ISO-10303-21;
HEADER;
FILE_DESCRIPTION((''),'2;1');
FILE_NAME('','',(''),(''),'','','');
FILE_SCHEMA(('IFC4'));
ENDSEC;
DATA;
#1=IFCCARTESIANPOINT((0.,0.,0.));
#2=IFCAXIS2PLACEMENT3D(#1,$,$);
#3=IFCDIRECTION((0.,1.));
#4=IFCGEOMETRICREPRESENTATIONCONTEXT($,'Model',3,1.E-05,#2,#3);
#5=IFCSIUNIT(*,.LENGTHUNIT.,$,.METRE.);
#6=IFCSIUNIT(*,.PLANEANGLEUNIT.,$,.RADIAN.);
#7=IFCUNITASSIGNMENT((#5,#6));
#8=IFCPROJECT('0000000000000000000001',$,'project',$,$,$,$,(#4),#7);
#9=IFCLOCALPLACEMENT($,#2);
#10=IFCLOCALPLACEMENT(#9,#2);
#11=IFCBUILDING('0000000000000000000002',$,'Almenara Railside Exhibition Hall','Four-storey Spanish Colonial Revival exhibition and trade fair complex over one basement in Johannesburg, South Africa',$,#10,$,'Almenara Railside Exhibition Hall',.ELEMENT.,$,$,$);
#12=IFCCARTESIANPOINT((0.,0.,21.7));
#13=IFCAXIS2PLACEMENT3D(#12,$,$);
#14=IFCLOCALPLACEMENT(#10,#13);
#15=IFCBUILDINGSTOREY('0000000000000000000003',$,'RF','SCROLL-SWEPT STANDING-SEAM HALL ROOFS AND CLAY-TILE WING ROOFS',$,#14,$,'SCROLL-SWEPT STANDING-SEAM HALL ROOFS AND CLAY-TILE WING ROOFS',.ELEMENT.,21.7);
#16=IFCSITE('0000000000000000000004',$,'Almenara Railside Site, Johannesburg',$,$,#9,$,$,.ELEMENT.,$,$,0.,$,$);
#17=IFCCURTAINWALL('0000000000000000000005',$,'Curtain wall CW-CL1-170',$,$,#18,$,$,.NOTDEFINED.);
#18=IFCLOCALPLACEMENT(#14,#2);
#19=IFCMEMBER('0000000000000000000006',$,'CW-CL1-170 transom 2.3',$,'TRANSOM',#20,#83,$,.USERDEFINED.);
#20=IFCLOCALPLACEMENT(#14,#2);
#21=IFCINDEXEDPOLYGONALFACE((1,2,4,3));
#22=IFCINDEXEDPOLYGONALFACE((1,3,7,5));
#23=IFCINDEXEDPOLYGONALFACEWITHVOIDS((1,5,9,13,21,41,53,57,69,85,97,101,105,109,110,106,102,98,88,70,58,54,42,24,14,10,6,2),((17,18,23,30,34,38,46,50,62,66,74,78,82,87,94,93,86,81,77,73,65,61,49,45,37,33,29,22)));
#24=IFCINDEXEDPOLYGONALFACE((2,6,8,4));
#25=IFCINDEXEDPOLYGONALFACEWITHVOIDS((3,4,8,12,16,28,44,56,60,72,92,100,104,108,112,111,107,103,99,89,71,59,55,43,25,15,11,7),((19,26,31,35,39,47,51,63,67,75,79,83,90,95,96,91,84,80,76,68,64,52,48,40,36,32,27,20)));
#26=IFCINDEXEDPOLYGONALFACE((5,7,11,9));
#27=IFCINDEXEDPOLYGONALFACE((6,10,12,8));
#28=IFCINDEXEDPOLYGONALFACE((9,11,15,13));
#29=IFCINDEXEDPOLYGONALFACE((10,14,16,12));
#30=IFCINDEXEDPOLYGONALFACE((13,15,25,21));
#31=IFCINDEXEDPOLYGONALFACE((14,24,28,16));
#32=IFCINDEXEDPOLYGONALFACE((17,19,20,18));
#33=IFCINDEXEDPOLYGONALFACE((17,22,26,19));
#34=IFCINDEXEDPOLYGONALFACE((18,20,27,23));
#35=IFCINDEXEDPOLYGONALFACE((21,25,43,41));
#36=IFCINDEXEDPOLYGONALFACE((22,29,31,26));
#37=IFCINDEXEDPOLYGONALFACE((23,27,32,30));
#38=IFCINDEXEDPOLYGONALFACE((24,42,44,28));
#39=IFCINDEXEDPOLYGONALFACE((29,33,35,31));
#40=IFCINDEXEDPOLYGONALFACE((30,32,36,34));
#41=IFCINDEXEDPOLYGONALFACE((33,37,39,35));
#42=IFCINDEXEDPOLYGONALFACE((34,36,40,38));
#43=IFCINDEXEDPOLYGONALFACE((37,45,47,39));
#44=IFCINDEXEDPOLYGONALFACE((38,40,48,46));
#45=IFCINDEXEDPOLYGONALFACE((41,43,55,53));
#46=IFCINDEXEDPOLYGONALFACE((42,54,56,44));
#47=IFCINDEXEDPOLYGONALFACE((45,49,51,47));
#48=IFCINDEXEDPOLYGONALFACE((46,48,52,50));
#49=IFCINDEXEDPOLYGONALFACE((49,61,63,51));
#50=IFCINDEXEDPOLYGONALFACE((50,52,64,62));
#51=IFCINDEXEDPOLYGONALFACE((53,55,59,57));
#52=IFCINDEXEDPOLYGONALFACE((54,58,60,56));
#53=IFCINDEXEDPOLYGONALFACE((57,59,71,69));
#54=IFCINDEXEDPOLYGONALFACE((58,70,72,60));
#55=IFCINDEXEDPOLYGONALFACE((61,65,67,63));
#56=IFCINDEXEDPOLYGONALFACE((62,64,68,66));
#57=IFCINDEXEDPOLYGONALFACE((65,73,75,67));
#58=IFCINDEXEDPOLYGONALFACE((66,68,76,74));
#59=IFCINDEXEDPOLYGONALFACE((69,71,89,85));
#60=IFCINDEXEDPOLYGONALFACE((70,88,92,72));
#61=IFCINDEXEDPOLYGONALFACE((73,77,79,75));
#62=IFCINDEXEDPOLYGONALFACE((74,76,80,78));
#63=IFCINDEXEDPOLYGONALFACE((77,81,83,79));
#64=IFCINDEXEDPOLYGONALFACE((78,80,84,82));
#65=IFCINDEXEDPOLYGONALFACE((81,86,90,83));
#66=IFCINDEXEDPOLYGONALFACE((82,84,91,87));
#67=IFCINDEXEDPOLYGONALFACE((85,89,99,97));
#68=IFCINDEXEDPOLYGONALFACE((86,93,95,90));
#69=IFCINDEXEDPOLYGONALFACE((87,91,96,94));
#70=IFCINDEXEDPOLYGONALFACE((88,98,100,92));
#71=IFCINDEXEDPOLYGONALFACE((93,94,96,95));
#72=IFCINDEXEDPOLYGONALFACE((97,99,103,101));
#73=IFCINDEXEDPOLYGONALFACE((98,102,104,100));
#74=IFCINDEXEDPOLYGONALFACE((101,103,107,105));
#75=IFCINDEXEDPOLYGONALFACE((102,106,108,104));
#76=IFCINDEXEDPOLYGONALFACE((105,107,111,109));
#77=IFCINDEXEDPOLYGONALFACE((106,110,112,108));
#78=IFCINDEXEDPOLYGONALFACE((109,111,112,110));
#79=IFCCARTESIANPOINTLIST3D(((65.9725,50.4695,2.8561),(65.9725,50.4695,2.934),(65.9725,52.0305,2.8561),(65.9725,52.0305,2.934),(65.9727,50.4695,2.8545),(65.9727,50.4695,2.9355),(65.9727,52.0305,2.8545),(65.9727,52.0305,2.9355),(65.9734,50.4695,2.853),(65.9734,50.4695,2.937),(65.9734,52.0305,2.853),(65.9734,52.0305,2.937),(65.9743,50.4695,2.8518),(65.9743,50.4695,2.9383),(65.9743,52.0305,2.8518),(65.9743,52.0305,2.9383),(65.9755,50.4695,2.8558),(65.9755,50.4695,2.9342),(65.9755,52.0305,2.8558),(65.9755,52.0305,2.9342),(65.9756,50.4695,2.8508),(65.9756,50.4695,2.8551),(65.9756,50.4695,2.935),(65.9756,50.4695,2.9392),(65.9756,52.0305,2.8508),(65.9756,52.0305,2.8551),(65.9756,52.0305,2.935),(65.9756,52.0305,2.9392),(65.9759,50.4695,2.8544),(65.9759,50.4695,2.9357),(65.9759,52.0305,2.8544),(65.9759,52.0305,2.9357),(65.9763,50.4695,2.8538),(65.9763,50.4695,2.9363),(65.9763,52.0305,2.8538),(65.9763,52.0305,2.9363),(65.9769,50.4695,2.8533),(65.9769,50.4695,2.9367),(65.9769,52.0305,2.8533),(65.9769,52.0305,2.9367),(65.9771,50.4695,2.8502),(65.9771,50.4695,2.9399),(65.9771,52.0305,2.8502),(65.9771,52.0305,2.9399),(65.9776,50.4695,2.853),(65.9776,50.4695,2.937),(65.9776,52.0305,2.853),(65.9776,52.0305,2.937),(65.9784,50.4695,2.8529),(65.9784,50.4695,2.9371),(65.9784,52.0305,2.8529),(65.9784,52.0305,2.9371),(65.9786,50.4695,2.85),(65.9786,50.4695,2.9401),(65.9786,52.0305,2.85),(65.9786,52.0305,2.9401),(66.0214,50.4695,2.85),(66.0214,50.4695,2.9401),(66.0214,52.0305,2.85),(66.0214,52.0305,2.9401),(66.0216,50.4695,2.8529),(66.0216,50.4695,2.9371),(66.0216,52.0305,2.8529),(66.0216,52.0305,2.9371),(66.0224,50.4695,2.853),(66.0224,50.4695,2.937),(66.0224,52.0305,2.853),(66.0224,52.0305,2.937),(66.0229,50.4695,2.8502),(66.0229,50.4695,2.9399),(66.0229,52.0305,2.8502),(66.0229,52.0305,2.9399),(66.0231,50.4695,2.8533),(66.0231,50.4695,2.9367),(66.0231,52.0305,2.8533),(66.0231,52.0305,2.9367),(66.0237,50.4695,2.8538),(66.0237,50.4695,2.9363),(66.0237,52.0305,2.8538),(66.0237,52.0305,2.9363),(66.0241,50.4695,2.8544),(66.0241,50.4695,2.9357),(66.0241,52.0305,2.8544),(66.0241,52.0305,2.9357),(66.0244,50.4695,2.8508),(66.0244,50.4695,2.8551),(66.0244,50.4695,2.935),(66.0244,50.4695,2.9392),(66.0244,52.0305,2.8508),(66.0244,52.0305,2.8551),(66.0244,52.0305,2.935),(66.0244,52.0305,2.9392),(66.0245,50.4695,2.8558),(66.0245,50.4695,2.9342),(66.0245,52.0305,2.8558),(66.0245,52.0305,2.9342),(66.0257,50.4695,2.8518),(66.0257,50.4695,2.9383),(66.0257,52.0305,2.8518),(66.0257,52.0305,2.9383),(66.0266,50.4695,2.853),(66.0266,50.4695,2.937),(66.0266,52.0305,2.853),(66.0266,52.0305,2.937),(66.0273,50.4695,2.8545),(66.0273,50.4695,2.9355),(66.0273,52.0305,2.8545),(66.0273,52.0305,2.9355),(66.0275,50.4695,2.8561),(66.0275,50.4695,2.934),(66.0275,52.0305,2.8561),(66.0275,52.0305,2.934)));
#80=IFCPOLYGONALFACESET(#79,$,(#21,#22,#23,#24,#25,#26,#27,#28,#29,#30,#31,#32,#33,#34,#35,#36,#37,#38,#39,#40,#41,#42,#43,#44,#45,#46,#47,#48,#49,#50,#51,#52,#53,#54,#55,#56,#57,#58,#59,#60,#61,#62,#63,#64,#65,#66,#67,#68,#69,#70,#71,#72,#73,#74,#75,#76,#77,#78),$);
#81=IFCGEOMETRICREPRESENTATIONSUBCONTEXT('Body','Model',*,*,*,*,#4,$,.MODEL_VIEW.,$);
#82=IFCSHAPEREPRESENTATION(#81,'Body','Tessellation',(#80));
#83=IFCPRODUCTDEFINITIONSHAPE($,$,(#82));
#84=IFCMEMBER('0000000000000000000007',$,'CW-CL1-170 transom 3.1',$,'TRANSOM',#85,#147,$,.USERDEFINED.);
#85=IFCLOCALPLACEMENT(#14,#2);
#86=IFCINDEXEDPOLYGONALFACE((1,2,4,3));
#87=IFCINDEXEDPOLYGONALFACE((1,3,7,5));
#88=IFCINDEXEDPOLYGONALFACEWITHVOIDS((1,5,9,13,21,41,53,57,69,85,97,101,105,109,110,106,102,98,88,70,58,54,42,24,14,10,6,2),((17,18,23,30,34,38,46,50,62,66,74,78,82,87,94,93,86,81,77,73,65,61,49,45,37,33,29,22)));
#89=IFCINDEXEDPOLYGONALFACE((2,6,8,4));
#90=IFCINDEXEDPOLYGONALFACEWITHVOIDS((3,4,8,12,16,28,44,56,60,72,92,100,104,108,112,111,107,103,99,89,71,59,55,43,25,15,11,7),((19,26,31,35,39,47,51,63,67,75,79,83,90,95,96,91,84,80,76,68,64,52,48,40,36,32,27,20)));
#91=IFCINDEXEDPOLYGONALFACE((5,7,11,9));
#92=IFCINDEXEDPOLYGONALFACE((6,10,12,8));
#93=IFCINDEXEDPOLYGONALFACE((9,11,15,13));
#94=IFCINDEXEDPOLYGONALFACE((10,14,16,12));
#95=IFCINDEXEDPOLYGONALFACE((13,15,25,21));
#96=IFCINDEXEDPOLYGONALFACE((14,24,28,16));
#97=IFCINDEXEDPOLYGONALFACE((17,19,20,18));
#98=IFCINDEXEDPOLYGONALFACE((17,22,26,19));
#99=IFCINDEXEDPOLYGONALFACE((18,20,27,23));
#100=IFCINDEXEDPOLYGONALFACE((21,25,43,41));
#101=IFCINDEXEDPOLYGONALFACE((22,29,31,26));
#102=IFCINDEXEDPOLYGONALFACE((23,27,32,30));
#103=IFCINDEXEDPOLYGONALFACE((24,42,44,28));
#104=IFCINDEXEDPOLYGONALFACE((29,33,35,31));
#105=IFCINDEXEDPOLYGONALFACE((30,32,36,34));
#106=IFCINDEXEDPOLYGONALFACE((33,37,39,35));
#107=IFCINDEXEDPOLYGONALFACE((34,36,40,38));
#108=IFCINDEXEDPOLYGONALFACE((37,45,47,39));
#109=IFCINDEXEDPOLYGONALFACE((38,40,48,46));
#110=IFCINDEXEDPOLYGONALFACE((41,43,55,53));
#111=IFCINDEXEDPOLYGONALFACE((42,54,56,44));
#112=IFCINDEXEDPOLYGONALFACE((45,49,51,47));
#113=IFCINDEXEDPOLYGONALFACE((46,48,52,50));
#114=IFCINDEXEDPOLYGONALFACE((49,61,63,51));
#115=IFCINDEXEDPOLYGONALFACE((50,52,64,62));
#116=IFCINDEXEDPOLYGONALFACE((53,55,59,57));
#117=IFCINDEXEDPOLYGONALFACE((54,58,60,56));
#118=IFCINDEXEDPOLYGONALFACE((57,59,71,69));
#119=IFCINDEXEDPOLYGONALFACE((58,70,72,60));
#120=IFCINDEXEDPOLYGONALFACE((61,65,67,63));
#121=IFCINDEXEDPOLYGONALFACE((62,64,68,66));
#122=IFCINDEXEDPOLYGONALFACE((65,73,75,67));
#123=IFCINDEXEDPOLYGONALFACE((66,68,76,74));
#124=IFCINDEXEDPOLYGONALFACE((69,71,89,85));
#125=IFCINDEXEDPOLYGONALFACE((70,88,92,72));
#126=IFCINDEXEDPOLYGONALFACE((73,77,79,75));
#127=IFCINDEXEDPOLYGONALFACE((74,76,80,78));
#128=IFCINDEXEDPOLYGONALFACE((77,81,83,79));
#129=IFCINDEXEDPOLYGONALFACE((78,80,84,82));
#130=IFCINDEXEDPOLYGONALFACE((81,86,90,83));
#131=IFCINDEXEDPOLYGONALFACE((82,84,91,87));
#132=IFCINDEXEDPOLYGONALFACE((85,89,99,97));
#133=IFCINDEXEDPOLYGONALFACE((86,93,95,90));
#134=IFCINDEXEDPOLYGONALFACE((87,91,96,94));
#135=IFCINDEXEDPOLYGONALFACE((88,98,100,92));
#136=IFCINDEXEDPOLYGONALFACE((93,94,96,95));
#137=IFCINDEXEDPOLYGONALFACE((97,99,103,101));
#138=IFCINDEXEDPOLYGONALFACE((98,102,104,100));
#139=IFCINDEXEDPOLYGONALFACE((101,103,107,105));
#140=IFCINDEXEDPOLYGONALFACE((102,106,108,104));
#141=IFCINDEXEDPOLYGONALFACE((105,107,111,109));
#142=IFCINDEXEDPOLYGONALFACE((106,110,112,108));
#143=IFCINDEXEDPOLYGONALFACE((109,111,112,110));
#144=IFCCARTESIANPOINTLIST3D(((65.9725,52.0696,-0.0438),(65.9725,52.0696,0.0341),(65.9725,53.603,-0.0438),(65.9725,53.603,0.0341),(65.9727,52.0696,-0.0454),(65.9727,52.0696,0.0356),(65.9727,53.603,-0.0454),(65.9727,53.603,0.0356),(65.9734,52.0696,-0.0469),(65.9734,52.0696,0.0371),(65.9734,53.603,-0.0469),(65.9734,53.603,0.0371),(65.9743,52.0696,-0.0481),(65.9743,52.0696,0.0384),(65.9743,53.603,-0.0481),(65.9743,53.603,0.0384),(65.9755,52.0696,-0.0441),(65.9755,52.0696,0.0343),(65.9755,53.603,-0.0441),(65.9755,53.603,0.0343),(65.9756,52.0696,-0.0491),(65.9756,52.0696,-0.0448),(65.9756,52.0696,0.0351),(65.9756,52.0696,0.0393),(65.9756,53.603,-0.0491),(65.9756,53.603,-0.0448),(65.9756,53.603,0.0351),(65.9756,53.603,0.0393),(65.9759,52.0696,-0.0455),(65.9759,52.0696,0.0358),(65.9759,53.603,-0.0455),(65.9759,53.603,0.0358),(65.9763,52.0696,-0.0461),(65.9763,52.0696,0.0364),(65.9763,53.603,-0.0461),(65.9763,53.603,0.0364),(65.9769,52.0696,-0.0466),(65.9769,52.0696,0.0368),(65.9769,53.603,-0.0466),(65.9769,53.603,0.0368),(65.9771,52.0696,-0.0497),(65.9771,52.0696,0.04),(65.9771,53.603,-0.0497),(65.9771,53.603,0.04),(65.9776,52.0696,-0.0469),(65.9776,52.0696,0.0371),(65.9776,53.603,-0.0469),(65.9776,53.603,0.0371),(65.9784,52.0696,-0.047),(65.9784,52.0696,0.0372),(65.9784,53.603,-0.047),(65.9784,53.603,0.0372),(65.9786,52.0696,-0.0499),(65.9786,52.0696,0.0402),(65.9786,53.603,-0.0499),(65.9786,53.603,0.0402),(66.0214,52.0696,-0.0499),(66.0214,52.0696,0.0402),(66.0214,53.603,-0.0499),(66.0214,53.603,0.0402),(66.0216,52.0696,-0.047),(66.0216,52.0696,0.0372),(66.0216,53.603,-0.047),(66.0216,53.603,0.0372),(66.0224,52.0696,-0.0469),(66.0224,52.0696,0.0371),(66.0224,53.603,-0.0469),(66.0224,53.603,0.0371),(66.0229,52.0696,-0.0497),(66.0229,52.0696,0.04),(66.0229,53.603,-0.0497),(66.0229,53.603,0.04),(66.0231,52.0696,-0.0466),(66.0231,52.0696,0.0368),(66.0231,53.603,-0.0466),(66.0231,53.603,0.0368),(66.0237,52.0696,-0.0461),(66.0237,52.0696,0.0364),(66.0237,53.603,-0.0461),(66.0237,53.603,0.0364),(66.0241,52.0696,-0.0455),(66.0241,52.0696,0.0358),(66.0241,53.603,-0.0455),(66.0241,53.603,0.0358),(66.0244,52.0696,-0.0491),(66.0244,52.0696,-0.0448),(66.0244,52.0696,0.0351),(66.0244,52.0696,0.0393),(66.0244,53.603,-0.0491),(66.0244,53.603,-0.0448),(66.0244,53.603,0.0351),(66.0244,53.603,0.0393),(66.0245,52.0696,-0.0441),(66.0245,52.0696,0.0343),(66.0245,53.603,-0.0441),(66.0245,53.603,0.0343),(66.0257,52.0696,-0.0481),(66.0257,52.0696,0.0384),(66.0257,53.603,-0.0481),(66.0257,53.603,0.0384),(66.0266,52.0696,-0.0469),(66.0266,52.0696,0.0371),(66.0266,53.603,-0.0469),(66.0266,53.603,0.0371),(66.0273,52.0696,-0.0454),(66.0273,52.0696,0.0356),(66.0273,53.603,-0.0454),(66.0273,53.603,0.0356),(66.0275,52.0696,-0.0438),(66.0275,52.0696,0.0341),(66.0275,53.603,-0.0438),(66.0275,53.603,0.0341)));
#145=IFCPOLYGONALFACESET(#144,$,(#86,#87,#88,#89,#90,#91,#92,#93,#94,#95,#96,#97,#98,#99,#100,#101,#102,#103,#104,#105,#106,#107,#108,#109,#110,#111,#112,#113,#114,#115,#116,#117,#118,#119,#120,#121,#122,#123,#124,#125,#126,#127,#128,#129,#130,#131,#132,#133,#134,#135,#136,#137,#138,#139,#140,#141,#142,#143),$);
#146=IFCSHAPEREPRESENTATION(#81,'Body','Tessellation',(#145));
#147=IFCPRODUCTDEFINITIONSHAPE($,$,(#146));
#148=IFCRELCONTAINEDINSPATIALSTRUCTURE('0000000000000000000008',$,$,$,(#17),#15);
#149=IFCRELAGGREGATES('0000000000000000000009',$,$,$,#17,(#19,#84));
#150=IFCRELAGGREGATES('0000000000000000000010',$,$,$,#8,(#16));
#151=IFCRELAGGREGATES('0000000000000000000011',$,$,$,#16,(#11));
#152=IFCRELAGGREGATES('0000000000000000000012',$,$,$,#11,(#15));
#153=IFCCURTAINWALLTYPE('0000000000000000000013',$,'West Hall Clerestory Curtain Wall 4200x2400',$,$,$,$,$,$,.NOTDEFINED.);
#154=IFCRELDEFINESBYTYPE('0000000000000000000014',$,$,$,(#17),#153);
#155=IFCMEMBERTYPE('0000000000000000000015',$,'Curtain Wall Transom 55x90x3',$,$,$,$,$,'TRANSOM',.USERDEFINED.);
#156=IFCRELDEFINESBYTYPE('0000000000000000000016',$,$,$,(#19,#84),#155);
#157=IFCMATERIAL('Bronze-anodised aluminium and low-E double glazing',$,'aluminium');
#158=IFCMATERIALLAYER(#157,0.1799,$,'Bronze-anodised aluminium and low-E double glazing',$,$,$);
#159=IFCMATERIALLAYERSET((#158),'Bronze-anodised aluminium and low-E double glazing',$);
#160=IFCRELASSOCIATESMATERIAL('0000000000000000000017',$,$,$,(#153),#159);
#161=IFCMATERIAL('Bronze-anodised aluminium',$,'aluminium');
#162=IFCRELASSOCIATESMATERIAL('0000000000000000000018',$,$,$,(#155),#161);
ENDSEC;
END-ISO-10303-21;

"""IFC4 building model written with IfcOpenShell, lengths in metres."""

from ifc_helpers import new_model, si_unit, direction, frame, origin, origin_2d, place, context, subcontext, project, spatial, hollow_rectangle, extrude, material, layer, layer_set, material_profile, profile_set, type_object, element, aggregate, save


model = new_model("IFC4")

# Units and contexts
model_context = context("Model", 3, precision=1e-05, world=origin(), true_north=direction((0.0, 1.0)))
body_context = subcontext(model_context, "Body", "Model", "MODEL_VIEW")
ifc_project = project(units=[si_unit("LENGTHUNIT", "METRE"), si_unit("PLANEANGLEUNIT", "RADIAN")], contexts=[model_context])

# Site, building, storey
site_placement = place(None, origin())
site = spatial("IfcSite", under=ifc_project, at=site_placement, Name="Almenara Railside Site, Johannesburg", CompositionType="ELEMENT", RefElevation=0.0)
building_placement = place(site_placement, origin())
building = spatial("IfcBuilding", under=site, at=building_placement, Name="Almenara Railside Exhibition Hall", Description="Four-storey Spanish Colonial Revival exhibition and trade fair complex over one basement in Johannesburg, South Africa", LongName="Almenara Railside Exhibition Hall", CompositionType="ELEMENT")
storey_placement = place(building_placement, frame((0.0, 0.0, 21.7)))
storey = spatial("IfcBuildingStorey", under=building, at=storey_placement, Name="RF", Description="SCROLL-SWEPT STANDING-SEAM HALL ROOFS AND CLAY-TILE WING ROOFS", LongName="SCROLL-SWEPT STANDING-SEAM HALL ROOFS AND CLAY-TILE WING ROOFS", CompositionType="ELEMENT", Elevation=21.7)

# Curtain wall
ifc_material_1 = material(Name="Bronze-anodised aluminium and low-E double glazing", Category="aluminium")
ifc_layer_1 = layer(ifc_material_1, 0.1799, Name="Bronze-anodised aluminium and low-E double glazing")
ifc_layer_set_1 = layer_set([ifc_layer_1], Name="Bronze-anodised aluminium and low-E double glazing")
curtain_wall_type = type_object("IfcCurtainWallType", Name="West Hall Clerestory Curtain Wall 4200x2400", PredefinedType="NOTDEFINED", material=ifc_layer_set_1)
curtain_wall_1_placement = place(storey_placement, origin())
curtain_wall_1 = element("IfcCurtainWall", 1, at=curtain_wall_1_placement, inside=storey, type_object=curtain_wall_type, Name="Curtain wall CW-CL1-170", PredefinedType="NOTDEFINED")
ifc_material_2 = material(Name="Bronze-anodised aluminium", Category="aluminium")

# Members
ifc_material_profile_1 = material_profile(ifc_material_2, hollow_rectangle(XDim=0.0549, YDim=0.0901, WallThickness=0.0029, InnerFilletRadius=0.0029, OuterFilletRadius=0.0061, at=origin_2d()), Name="ALU-TRN 55x90x3")
ifc_profile_set_1 = profile_set([ifc_material_profile_1], Name="Bronze-anodised aluminium")
member_type_1 = type_object("IfcMemberType", Name="Curtain Wall Transom 55x90x3", ElementType="TRANSOM", PredefinedType="USERDEFINED", material=ifc_profile_set_1)
member_1_placement = place(storey_placement, frame((66.0, 50.4695, 2.895), z_axis=(0.0, 1.0, 0.0), x_axis=(-1.0, 0.0, 0.0)))
member_1 = element("IfcMember", 2, at=member_1_placement, type_object=member_type_1, Name="CW-CL1-170 transom 2.3", ObjectType="TRANSOM", PredefinedType="USERDEFINED", context=body_context, shape_type="SweptSolid", body=[
    extrude(hollow_rectangle(XDim=0.0549, YDim=0.0901, WallThickness=0.0029, InnerFilletRadius=0.0029, OuterFilletRadius=0.0061, at=origin_2d()), origin(), (0.0, 0.0, 1.0), 1.561),
])
member_2_placement = place(storey_placement, frame((66.0, 52.0696, -0.0049), z_axis=(0.0, 1.0, 0.0), x_axis=(-1.0, 0.0, 0.0)))
member_2 = element("IfcMember", 3, at=member_2_placement, type_object=member_type_1, Name="CW-CL1-170 transom 3.1", ObjectType="TRANSOM", PredefinedType="USERDEFINED", context=body_context, shape_type="SweptSolid", body=[
    extrude(hollow_rectangle(XDim=0.0549, YDim=0.0901, WallThickness=0.0029, InnerFilletRadius=0.0029, OuterFilletRadius=0.0061, at=origin_2d()), origin(), (0.0, 0.0, 1.0), 1.5334),
])

aggregate(curtain_wall_1, [member_1, member_2])

save(model, "model.ifc")
